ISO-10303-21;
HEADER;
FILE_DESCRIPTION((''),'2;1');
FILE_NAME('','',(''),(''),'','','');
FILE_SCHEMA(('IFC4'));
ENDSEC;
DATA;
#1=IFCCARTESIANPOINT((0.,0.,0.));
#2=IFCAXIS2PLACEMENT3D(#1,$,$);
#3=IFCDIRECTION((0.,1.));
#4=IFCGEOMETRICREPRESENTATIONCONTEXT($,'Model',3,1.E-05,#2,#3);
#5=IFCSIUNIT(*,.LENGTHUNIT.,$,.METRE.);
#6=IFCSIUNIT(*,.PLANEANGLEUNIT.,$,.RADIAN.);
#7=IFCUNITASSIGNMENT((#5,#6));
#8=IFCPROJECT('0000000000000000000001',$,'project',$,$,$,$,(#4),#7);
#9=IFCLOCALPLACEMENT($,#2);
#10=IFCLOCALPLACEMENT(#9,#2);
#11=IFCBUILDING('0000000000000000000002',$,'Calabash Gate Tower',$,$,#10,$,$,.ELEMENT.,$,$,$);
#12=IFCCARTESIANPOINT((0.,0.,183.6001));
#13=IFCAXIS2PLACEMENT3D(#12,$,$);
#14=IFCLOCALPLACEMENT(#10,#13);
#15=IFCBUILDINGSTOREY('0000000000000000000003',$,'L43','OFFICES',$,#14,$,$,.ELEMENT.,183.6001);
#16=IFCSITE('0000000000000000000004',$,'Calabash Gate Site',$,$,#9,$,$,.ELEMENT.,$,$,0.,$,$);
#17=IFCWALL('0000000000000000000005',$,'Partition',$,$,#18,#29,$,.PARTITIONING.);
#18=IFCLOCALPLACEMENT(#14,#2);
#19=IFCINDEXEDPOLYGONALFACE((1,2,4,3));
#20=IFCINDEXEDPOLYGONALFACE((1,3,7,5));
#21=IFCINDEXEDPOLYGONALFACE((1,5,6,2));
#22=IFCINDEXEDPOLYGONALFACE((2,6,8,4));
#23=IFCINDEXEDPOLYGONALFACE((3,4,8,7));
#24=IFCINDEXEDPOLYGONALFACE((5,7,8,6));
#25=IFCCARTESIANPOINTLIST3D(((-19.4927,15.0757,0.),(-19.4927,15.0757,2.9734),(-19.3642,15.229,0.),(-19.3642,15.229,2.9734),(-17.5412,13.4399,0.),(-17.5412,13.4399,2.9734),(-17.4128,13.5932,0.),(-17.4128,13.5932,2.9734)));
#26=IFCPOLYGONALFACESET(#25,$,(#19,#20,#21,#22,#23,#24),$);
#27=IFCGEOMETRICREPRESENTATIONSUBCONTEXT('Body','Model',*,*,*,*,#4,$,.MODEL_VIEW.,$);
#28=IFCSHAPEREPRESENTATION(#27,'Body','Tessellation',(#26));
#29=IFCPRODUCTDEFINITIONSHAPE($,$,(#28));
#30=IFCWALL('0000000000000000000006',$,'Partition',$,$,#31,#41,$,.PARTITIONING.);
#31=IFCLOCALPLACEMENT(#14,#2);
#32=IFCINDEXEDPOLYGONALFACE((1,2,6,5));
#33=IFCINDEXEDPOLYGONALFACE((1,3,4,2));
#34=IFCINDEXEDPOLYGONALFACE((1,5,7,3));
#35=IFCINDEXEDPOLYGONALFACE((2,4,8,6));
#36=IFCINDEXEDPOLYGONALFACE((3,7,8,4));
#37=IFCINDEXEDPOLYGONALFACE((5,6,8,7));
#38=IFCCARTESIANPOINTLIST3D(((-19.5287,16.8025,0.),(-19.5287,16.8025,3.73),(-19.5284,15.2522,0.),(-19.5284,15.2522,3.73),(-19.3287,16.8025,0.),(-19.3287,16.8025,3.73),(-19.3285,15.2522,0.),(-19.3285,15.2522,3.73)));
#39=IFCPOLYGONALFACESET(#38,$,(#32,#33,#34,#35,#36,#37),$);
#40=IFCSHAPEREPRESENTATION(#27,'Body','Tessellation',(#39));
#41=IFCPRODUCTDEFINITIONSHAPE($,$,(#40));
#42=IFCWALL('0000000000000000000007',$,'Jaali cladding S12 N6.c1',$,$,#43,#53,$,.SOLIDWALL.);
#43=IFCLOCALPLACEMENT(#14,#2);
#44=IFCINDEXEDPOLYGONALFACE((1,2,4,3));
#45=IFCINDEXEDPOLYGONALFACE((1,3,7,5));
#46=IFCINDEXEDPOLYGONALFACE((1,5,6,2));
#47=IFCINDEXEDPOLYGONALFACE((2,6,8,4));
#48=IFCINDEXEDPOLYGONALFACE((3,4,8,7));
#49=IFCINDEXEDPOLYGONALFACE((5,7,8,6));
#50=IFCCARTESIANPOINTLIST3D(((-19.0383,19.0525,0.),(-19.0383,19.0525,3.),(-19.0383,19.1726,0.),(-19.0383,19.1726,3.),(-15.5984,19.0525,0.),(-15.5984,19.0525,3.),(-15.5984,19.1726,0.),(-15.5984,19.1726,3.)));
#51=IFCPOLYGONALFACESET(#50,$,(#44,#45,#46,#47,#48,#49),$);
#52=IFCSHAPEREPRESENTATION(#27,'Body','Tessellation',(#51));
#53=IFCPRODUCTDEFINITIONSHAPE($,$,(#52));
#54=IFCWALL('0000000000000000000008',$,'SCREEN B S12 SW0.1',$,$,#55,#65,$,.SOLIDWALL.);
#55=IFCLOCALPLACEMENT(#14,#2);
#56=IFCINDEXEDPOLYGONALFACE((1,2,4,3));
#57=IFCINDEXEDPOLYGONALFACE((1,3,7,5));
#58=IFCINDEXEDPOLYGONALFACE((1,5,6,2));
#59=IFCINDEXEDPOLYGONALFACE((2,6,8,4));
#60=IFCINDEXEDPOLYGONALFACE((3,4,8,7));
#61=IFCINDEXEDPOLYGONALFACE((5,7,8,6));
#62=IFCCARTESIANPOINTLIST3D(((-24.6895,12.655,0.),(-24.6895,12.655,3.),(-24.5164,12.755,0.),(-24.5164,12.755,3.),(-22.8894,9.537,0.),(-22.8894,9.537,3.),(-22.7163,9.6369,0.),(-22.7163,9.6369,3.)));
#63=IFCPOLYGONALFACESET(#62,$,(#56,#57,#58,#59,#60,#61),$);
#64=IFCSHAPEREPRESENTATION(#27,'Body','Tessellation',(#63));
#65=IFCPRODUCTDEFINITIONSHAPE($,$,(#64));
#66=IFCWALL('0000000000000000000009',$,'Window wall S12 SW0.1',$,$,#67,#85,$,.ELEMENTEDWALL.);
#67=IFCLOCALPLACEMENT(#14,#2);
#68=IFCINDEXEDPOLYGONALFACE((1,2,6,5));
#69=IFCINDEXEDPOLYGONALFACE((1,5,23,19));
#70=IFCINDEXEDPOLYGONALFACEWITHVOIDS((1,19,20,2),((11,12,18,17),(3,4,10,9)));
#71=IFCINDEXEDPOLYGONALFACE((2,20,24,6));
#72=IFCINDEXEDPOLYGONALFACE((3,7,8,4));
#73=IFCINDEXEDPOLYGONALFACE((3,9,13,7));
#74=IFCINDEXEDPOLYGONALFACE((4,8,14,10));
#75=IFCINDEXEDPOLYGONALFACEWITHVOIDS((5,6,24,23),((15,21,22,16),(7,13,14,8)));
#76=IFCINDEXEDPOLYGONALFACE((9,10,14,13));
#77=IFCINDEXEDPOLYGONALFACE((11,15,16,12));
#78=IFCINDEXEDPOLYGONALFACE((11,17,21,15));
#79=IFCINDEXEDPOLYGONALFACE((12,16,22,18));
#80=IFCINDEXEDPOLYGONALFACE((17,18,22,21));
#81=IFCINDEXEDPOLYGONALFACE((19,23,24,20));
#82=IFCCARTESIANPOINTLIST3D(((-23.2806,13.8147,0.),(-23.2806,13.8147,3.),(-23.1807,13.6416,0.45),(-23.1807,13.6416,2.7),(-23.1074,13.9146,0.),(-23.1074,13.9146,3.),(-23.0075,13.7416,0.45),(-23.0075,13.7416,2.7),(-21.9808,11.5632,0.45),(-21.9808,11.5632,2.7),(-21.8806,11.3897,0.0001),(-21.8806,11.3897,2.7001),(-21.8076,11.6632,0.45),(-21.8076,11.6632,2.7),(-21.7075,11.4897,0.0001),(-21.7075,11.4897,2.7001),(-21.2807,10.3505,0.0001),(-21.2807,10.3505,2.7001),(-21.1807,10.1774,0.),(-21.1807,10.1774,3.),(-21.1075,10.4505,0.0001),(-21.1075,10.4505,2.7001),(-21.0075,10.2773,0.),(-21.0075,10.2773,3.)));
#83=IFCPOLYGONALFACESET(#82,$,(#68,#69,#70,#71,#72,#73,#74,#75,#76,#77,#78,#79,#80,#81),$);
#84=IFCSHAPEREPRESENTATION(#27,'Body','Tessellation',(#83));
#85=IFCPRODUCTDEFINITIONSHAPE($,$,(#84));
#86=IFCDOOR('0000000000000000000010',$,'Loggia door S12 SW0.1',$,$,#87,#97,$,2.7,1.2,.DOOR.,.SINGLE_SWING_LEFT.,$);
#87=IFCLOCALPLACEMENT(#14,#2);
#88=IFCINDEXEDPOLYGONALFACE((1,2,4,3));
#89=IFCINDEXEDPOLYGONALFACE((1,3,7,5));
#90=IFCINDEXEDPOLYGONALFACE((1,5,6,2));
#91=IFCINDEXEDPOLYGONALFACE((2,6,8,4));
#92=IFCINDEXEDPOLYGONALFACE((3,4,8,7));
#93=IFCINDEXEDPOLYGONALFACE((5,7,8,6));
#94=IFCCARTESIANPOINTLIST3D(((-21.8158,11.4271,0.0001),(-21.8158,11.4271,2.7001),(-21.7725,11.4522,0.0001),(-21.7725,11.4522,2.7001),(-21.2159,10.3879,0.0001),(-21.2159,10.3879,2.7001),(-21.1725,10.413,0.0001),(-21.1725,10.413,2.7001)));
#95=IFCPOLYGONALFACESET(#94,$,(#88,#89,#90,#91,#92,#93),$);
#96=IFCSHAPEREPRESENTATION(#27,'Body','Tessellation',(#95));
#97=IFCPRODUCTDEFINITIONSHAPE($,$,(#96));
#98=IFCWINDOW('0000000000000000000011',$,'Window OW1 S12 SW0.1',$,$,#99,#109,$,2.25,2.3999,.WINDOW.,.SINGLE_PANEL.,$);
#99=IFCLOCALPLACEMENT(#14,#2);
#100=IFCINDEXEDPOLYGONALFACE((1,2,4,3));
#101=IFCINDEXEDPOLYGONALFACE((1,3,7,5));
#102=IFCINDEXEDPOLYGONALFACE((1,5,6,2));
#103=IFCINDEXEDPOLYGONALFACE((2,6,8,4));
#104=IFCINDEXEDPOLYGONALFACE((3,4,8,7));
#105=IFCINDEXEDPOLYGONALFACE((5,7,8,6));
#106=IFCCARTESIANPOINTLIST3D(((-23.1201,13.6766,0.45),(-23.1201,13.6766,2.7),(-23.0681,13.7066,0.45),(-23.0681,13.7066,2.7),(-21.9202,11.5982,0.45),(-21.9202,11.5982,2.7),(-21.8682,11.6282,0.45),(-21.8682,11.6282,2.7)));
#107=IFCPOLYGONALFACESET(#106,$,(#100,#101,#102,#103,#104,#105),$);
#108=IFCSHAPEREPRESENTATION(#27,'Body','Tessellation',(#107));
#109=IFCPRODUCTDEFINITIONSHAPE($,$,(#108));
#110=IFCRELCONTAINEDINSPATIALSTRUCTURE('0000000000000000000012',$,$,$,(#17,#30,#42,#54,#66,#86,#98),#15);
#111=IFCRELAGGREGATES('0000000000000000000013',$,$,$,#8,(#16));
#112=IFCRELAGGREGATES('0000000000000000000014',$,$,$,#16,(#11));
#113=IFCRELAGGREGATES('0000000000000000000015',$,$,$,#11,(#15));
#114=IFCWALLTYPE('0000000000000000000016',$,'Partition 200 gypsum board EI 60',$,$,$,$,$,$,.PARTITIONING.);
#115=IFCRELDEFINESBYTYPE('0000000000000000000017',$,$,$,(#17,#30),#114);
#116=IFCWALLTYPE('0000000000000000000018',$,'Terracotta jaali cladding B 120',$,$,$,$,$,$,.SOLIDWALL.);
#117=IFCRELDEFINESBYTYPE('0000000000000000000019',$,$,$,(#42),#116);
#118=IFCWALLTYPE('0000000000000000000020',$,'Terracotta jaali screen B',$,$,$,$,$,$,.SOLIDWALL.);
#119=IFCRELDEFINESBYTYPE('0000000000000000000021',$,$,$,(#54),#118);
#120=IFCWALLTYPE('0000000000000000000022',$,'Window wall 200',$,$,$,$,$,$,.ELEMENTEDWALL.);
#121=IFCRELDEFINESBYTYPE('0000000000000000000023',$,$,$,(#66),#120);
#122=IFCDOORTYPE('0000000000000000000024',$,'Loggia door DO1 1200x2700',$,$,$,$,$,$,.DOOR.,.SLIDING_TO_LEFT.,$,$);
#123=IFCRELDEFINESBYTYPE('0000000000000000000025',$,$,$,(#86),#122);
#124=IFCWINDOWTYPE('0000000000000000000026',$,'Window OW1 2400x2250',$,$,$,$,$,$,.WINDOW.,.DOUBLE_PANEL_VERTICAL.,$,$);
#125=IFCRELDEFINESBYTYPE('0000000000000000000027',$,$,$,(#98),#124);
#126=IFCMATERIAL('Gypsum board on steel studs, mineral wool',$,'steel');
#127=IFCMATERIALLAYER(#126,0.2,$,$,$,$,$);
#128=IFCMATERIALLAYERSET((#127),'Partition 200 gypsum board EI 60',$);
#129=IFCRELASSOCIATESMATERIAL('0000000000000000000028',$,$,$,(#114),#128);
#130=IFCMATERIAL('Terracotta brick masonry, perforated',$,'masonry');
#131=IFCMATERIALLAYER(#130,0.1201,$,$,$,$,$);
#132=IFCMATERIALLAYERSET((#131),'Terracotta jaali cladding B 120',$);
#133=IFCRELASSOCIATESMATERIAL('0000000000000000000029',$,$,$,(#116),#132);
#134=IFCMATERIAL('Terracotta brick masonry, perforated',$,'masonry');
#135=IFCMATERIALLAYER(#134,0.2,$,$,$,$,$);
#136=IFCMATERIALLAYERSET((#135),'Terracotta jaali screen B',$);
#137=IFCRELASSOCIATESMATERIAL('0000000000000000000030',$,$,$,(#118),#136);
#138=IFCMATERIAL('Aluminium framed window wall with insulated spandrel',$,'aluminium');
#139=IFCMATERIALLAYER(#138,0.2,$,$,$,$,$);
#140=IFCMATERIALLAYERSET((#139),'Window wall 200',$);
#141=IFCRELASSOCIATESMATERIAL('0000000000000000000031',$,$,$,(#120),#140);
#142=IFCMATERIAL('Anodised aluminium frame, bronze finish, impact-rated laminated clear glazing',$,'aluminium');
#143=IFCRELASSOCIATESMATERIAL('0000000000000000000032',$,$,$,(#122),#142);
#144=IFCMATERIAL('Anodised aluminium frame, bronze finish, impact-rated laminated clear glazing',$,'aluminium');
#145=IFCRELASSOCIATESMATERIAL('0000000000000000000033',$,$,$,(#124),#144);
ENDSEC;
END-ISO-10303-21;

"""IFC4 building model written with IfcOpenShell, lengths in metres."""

from ifc_helpers import new_model, si_unit, direction, frame, frame_2d, origin, place, context, subcontext, project, spatial, rectangle, extrude, material, layer, layer_set, type_object, element, fill, save


model = new_model("IFC4")

# Units and contexts
model_context = context("Model", 3, precision=1e-05, world=origin(), true_north=direction((0.0, 1.0)))
body_context = subcontext(model_context, "Body", "Model", "MODEL_VIEW")
ifc_project = project(units=[si_unit("LENGTHUNIT", "METRE"), si_unit("PLANEANGLEUNIT", "RADIAN")], contexts=[model_context])

# Site, building, storey
site_placement = place(None, origin())
site = spatial("IfcSite", under=ifc_project, at=site_placement, Name="Calabash Gate Site", CompositionType="ELEMENT", RefElevation=0.0)
building_placement = place(site_placement, origin())
building = spatial("IfcBuilding", under=site, at=building_placement, Name="Calabash Gate Tower", CompositionType="ELEMENT")
storey_placement = place(building_placement, frame((0.0, 0.0, 183.6001)))
storey = spatial("IfcBuildingStorey", under=building, at=storey_placement, Name="L43", Description="OFFICES", CompositionType="ELEMENT", Elevation=183.6001)

# Walls
ifc_material_1 = material(Name="Gypsum board on steel studs, mineral wool", Category="steel")
ifc_layer_1 = layer(ifc_material_1, 0.2)
ifc_layer_set_1 = layer_set([ifc_layer_1], Name="Partition 200 gypsum board EI 60")
wall_type_1 = type_object("IfcWallType", Name="Partition 200 gypsum board EI 60", PredefinedType="PARTITIONING", material=ifc_layer_set_1)
wall_1_placement = place(storey_placement, frame((-19.4285, 15.1523, 0.0), z_axis=(0.0, 0.0, 1.0), x_axis=(0.766371, -0.642398, 0.0)))
element("IfcWall", 1, at=wall_1_placement, inside=storey, type_object=wall_type_1, Name="Partition", PredefinedType="PARTITIONING", context=body_context, shape_type="SweptSolid", body=[
    extrude(rectangle(XDim=2.5464, YDim=0.2, at=frame_2d((1.2732, 0.0))), origin(), (0.0, 0.0, 1.0), 2.9734),
])
wall_2_placement = place(storey_placement, frame((-19.4287, 16.8025, 0.0), z_axis=(0.0, 0.0, 1.0), x_axis=(0.000157, -1.0, 0.0)))
element("IfcWall", 2, at=wall_2_placement, inside=storey, type_object=wall_type_1, Name="Partition", PredefinedType="PARTITIONING", context=body_context, shape_type="SweptSolid", body=[
    extrude(rectangle(XDim=1.5503, YDim=0.2, at=frame_2d((0.7751, 0.0))), origin(), (0.0, 0.0, 1.0), 3.73),
])
ifc_material_2 = material(Name="Terracotta brick masonry, perforated", Category="masonry")
ifc_layer_2 = layer(ifc_material_2, 0.1201)
ifc_layer_set_2 = layer_set([ifc_layer_2], Name="Terracotta jaali cladding B 120")
wall_type_2 = type_object("IfcWallType", Name="Terracotta jaali cladding B 120", PredefinedType="SOLIDWALL", material=ifc_layer_set_2)
wall_3_placement = place(storey_placement, frame((-15.5984, 19.1125, 0.0), z_axis=(0.0, 0.0, 1.0), x_axis=(-1.0, 0.0, 0.0)))
element("IfcWall", 3, at=wall_3_placement, inside=storey, type_object=wall_type_2, Name="Jaali cladding S12 N6.c1", PredefinedType="SOLIDWALL", context=body_context, shape_type="SweptSolid", body=[
    extrude(rectangle(XDim=3.4399, YDim=0.1201, at=frame_2d((1.72, 0.0))), origin(), (0.0, 0.0, 1.0), 3.0),
])
ifc_material_3 = material(Name="Terracotta brick masonry, perforated", Category="masonry")
ifc_layer_3 = layer(ifc_material_3, 0.2)
ifc_layer_set_3 = layer_set([ifc_layer_3], Name="Terracotta jaali screen B")
wall_type_3 = type_object("IfcWallType", Name="Terracotta jaali screen B", PredefinedType="SOLIDWALL", material=ifc_layer_set_3)
wall_4_placement = place(storey_placement, frame((-24.603, 12.7051, 0.0), z_axis=(0.0, 0.0, 1.0), x_axis=(0.499983, -0.866035, 0.0)))
element("IfcWall", 4, at=wall_4_placement, inside=storey, type_object=wall_type_3, Name="SCREEN B S12 SW0.1", PredefinedType="SOLIDWALL", context=body_context, shape_type="SweptSolid", body=[
    extrude(rectangle(XDim=3.6003, YDim=0.2, at=frame_2d((1.8003, 0.0))), origin(), (0.0, 0.0, 1.0), 3.0),
])

# Wall, openings, door, window
ifc_material_4 = material(Name="Aluminium framed window wall with insulated spandrel", Category="aluminium")
ifc_layer_4 = layer(ifc_material_4, 0.2)
ifc_layer_set_4 = layer_set([ifc_layer_4], Name="Window wall 200")
wall_type_4 = type_object("IfcWallType", Name="Window wall 200", PredefinedType="ELEMENTEDWALL", material=ifc_layer_set_4)
wall_5_placement = place(storey_placement, frame((-23.1941, 13.8647, 0.0), z_axis=(0.0, 0.0, 1.0), x_axis=(0.499984, -0.866035, 0.0)))
wall_5 = element("IfcWall", 5, at=wall_5_placement, inside=storey, type_object=wall_type_4, Name="Window wall S12 SW0.1", PredefinedType="ELEMENTEDWALL", context=body_context, shape_type="SweptSolid", body=[
    extrude(rectangle(XDim=4.2, YDim=0.2, at=frame_2d((2.1001, 0.0))), origin(), (0.0, 0.0, 1.0), 3.0),
])
opening_1_placement = place(wall_5_placement, frame((0.2, 0.0, 0.45)))
opening_1 = element("IfcOpeningElement", 6, at=opening_1_placement, cuts=wall_5, PredefinedType="OPENING", context=body_context, shape_type="SweptSolid", body=[
    extrude(rectangle(XDim=2.3999, YDim=2.25, at=frame_2d((1.2, 1.125))), frame((0.0, 0.1099, 0.0), z_axis=(0.0, -1.0, 0.0), x_axis=(1.0, 0.0, 0.0)), (0.0, 0.0, 1.0), 0.22),
])
opening_2_placement = place(wall_5_placement, frame((2.8, 0.0, 0.0)))
opening_2 = element("IfcOpeningElement", 7, at=opening_2_placement, cuts=wall_5, PredefinedType="OPENING", context=body_context, shape_type="SweptSolid", body=[
    extrude(rectangle(XDim=1.2, YDim=2.7, at=frame_2d((0.6001, 1.3501))), frame((0.0, 0.1099, 0.0), z_axis=(0.0, -1.0, 0.0), x_axis=(1.0, 0.0, 0.0)), (0.0, 0.0, 1.0), 0.22),
])
ifc_material_5 = material(Name="Anodised aluminium frame, bronze finish, impact-rated laminated clear glazing", Category="aluminium")
door_type = type_object("IfcDoorType", Name="Loggia door DO1 1200x2700", OperationType="SLIDING_TO_LEFT", PredefinedType="DOOR", material=ifc_material_5)
door_placement = place(opening_2_placement, origin())
door = element("IfcDoor", 8, at=door_placement, inside=storey, type_object=door_type, Name="Loggia door S12 SW0.1", OperationType="SINGLE_SWING_LEFT", OverallHeight=2.7, OverallWidth=1.2, PredefinedType="DOOR", context=body_context, shape_type="SweptSolid", body=[
    extrude(rectangle(XDim=1.2, YDim=2.7, at=frame_2d((0.6001, 1.3501))), frame((0.0, 0.0249, 0.0), z_axis=(0.0, -1.0, 0.0), x_axis=(1.0, 0.0, 0.0)), (0.0, 0.0, 1.0), 0.05),
])
fill(opening_2, door)
ifc_material_6 = material(Name="Anodised aluminium frame, bronze finish, impact-rated laminated clear glazing", Category="aluminium")
window_type = type_object("IfcWindowType", Name="Window OW1 2400x2250", PartitioningType="DOUBLE_PANEL_VERTICAL", PredefinedType="WINDOW", material=ifc_material_6)
window_placement = place(opening_1_placement, origin())
window = element("IfcWindow", 9, at=window_placement, inside=storey, type_object=window_type, Name="Window OW1 S12 SW0.1", OverallHeight=2.25, OverallWidth=2.3999, PartitioningType="SINGLE_PANEL", PredefinedType="WINDOW", context=body_context, shape_type="SweptSolid", body=[
    extrude(rectangle(XDim=2.3999, YDim=2.25, at=frame_2d((1.2, 1.125))), frame((0.0, 0.03, 0.0), z_axis=(0.0, -1.0, 0.0), x_axis=(1.0, 0.0, 0.0)), (0.0, 0.0, 1.0), 0.0601),
])
fill(opening_1, window)

save(model, "model.ifc")
